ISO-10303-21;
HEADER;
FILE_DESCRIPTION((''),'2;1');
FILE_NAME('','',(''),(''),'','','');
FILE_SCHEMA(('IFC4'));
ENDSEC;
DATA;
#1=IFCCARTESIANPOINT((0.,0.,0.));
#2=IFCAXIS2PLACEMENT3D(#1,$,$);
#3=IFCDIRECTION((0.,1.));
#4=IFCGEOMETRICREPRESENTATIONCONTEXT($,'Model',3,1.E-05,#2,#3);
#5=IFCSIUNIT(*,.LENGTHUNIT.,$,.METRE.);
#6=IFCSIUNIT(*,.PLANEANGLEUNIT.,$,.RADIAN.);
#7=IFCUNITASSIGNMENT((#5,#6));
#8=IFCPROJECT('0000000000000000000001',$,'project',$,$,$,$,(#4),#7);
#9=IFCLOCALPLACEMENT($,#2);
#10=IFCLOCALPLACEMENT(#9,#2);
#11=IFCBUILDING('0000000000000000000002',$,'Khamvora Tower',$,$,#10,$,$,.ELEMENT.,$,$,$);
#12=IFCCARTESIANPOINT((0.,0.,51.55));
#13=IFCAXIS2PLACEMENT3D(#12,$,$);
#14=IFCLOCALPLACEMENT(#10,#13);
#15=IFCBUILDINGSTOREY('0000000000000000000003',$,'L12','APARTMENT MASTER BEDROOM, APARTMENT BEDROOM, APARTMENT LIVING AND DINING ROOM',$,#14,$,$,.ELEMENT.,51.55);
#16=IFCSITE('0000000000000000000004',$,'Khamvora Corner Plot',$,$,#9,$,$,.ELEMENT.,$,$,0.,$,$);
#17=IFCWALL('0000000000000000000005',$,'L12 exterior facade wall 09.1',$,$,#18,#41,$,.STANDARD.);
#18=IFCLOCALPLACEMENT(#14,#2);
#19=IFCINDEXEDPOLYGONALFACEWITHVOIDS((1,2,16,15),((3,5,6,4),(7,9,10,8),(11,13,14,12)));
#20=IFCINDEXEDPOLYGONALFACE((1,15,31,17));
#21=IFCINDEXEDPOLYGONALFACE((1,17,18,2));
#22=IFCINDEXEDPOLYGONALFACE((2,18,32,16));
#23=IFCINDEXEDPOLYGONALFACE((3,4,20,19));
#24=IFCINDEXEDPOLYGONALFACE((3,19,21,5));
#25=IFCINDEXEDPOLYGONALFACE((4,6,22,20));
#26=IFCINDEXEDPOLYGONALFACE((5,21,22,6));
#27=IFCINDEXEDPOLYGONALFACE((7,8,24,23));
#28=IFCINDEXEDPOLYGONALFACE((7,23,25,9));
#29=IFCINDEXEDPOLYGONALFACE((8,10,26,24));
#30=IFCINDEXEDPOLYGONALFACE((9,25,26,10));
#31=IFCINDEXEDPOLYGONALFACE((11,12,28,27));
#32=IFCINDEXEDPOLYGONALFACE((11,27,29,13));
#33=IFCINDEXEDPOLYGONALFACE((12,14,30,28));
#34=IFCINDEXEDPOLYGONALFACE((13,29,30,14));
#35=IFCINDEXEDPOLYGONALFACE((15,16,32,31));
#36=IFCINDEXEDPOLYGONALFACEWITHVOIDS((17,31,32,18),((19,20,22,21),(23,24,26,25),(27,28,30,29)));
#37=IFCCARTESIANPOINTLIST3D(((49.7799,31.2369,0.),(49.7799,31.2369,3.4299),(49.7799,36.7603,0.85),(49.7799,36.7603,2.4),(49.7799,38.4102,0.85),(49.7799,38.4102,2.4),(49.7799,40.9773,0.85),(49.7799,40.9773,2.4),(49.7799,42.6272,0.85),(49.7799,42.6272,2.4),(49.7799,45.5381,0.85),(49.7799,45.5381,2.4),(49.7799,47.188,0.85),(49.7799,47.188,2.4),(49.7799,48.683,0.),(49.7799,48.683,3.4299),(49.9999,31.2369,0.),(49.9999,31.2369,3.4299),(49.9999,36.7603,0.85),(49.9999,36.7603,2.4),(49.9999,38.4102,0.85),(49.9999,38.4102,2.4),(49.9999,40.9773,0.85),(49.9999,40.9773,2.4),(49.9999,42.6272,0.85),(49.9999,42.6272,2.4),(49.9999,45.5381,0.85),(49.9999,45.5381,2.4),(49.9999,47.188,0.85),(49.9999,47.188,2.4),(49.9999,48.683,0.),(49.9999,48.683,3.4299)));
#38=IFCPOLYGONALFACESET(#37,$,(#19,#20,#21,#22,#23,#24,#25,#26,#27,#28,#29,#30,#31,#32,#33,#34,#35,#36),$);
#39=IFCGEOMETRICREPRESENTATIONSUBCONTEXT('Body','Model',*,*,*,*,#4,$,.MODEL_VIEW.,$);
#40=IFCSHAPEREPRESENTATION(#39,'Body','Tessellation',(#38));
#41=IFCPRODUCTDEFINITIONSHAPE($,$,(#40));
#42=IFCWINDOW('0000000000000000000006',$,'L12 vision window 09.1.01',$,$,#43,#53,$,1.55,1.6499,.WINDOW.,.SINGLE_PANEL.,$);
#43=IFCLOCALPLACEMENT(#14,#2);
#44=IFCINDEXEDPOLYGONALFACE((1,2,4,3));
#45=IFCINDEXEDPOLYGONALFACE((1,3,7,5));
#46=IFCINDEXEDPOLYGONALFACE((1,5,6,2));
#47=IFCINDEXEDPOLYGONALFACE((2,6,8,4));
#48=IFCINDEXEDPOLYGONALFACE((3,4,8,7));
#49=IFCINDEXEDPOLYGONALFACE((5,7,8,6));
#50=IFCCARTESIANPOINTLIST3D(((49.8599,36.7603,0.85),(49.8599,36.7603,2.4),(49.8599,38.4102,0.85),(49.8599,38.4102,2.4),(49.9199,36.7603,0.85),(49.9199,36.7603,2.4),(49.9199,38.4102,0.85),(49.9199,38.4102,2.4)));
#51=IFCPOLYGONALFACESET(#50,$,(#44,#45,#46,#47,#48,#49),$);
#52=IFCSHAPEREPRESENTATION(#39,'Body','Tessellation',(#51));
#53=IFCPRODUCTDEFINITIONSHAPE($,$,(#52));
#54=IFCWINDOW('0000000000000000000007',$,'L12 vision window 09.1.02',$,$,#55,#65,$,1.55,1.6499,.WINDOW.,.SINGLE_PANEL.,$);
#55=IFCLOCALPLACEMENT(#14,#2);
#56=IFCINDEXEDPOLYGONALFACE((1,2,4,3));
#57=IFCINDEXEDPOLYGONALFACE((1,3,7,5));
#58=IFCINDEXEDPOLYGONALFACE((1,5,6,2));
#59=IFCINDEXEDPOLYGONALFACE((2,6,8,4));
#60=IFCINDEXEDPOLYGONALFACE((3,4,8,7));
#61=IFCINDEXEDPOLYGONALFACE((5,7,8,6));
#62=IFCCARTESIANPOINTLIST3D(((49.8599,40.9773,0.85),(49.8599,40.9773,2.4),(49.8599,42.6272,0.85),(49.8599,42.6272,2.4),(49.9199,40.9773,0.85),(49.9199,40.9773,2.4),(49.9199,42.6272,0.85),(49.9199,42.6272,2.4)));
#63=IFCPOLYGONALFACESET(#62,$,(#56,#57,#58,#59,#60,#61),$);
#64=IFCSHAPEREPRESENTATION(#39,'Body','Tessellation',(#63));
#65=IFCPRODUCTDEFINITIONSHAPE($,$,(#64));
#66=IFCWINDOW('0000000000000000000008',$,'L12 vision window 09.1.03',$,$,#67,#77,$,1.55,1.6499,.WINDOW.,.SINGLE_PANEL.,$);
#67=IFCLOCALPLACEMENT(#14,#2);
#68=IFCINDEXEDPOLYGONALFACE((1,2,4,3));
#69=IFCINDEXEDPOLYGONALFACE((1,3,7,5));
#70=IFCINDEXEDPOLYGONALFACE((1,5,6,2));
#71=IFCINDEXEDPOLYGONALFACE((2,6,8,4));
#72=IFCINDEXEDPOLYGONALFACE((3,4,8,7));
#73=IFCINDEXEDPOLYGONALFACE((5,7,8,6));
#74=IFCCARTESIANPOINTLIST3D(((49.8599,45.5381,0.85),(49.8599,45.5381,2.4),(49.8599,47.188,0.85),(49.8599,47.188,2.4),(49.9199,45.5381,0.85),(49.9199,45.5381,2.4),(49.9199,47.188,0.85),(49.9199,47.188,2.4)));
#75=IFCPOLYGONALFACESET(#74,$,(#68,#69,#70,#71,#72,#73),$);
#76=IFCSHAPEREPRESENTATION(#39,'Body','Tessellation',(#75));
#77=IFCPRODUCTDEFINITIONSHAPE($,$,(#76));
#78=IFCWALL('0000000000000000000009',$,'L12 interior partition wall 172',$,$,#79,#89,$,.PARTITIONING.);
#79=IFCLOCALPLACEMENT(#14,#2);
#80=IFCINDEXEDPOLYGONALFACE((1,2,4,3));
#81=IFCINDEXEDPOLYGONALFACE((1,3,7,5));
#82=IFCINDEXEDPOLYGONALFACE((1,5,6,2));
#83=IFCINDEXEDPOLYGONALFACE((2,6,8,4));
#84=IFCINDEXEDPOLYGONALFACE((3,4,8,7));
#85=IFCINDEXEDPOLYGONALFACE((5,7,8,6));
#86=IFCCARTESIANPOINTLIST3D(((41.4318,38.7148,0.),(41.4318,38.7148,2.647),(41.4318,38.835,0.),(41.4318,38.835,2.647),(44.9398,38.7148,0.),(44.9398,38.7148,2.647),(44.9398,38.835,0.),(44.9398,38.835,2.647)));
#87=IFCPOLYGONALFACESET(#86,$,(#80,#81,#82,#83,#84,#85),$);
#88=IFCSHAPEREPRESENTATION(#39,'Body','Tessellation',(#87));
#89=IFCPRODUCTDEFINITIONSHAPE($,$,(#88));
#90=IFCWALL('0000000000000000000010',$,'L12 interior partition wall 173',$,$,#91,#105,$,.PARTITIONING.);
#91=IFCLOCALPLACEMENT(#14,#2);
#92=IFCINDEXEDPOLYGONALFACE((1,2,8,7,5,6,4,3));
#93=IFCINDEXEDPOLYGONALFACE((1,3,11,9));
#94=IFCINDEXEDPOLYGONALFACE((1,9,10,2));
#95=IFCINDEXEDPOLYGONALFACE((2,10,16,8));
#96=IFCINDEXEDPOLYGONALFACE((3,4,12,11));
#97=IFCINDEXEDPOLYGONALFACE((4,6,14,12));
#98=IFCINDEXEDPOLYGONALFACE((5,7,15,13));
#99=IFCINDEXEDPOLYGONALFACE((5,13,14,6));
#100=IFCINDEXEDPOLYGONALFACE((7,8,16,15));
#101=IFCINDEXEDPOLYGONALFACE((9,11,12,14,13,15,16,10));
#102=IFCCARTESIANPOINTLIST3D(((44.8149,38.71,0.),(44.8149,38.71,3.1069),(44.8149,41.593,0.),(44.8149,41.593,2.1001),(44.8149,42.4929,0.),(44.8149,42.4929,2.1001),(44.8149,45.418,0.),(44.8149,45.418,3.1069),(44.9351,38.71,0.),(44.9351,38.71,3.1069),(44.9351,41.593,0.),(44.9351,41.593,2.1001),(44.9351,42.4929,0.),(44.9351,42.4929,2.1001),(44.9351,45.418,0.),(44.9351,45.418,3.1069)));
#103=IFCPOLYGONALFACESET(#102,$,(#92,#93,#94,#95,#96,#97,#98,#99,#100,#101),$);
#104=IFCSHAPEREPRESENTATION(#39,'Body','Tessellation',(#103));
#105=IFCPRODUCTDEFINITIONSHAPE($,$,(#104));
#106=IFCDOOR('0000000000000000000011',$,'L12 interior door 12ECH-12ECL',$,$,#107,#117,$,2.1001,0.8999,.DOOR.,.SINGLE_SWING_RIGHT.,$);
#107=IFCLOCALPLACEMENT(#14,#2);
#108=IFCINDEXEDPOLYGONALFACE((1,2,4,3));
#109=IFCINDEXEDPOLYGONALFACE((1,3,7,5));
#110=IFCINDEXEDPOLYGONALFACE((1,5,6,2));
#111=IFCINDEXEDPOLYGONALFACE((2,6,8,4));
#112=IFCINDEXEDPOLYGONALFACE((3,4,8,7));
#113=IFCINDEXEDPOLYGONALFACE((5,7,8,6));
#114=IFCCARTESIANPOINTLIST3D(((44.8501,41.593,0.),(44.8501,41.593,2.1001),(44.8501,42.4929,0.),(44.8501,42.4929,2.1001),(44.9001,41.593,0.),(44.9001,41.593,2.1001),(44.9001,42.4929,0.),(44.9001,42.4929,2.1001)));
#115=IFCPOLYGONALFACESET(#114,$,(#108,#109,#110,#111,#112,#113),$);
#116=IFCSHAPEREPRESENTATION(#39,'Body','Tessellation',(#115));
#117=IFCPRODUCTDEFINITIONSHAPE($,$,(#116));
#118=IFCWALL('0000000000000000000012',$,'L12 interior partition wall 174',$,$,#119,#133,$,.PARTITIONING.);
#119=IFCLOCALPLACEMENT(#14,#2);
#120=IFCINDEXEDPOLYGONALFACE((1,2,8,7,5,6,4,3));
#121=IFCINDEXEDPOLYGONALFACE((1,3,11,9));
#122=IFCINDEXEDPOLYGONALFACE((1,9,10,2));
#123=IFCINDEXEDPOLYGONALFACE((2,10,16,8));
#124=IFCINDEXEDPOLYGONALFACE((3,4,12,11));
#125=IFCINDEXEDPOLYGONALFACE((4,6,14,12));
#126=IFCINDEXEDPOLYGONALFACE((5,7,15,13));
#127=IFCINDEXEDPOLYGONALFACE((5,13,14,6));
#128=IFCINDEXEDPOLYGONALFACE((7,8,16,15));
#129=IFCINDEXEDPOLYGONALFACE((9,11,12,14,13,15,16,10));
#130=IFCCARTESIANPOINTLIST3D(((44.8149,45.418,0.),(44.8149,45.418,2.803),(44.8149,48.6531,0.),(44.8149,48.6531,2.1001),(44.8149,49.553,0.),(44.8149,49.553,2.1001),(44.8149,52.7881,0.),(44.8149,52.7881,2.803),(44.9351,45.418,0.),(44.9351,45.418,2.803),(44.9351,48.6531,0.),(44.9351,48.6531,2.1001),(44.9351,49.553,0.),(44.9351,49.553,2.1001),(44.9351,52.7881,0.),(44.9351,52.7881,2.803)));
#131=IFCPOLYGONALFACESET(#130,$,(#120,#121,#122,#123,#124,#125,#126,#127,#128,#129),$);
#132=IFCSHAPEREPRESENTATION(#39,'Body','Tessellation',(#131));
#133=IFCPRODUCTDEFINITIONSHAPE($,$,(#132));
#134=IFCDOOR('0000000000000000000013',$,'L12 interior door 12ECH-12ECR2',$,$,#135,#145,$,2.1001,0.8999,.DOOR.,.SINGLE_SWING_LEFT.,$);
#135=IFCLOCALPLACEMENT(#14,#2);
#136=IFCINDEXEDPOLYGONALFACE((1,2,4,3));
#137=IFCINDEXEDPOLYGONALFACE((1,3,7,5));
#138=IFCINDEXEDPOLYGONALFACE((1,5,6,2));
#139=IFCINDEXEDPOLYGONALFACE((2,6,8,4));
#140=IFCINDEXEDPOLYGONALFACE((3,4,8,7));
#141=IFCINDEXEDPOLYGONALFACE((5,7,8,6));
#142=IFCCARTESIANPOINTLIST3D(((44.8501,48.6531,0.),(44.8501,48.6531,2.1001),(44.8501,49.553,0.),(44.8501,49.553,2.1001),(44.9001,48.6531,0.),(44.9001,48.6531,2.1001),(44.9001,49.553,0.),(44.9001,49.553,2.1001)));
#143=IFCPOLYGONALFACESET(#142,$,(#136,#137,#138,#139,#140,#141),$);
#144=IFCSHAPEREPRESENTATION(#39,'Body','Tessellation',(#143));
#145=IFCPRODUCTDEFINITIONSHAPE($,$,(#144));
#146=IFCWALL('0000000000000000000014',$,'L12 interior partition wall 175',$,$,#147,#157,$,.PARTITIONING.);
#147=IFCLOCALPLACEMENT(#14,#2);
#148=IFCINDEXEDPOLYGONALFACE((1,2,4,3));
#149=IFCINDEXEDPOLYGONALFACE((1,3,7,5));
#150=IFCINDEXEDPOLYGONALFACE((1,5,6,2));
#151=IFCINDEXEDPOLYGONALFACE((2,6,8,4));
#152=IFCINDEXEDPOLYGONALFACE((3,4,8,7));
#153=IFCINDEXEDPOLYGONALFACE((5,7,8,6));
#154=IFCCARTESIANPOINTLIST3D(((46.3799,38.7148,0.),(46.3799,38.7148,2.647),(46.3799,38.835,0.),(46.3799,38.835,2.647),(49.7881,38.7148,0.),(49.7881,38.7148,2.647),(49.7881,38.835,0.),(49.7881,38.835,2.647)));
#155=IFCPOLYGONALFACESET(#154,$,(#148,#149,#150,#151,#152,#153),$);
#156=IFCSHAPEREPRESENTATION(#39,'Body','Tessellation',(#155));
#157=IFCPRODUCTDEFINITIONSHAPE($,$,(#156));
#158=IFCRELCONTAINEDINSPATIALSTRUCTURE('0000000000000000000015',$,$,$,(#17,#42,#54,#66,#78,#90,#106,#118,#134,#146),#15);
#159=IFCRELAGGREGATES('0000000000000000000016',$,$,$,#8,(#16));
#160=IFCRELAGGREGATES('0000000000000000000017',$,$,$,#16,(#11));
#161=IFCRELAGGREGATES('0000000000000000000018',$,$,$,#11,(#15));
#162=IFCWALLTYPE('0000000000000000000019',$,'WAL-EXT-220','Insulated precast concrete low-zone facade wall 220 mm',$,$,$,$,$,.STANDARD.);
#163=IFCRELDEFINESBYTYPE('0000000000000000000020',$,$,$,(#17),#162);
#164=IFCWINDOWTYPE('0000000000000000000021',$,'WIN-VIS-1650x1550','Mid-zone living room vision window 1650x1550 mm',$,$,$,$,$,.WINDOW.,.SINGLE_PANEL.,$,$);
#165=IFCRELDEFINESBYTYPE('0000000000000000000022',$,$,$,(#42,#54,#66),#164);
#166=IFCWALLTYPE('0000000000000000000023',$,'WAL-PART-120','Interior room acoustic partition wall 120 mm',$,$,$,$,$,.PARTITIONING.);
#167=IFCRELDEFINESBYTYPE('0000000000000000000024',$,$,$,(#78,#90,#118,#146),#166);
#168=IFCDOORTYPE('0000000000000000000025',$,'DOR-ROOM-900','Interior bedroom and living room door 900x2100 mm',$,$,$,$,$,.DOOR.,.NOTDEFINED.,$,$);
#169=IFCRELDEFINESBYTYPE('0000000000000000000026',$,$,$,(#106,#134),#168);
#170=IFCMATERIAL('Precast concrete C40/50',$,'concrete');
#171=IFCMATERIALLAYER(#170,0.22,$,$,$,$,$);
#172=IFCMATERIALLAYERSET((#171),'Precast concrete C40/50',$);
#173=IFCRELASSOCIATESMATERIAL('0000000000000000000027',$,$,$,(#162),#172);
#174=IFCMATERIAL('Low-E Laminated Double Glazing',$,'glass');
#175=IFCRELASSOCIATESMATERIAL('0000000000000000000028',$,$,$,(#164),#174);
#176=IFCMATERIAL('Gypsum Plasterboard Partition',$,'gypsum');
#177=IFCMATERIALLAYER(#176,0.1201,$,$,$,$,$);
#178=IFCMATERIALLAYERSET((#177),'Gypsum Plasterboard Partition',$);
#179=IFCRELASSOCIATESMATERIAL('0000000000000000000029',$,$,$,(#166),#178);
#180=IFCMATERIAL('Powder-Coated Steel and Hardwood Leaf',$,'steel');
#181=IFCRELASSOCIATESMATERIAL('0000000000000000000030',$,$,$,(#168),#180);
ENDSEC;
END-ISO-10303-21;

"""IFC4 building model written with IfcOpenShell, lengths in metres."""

from ifc_helpers import new_model, si_unit, direction, frame, frame_2d, origin, place, context, subcontext, project, spatial, rectangle, extrude, material, layer, layer_set, type_object, element, fill, save


model = new_model("IFC4")

# Units and contexts
model_context = context("Model", 3, precision=1e-05, world=origin(), true_north=direction((0.0, 1.0)))
body_context = subcontext(model_context, "Body", "Model", "MODEL_VIEW")
ifc_project = project(units=[si_unit("LENGTHUNIT", "METRE"), si_unit("PLANEANGLEUNIT", "RADIAN")], contexts=[model_context])

# Site, building, storey
site_placement = place(None, origin())
site = spatial("IfcSite", under=ifc_project, at=site_placement, Name="Khamvora Corner Plot", CompositionType="ELEMENT", RefElevation=0.0)
building_placement = place(site_placement, origin())
building = spatial("IfcBuilding", under=site, at=building_placement, Name="Khamvora Tower", CompositionType="ELEMENT")
storey_placement = place(building_placement, frame((0.0, 0.0, 51.55)))
storey = spatial("IfcBuildingStorey", under=building, at=storey_placement, Name="L12", Description="APARTMENT MASTER BEDROOM, APARTMENT BEDROOM, APARTMENT LIVING AND DINING ROOM", CompositionType="ELEMENT", Elevation=51.55)

# Shared definitions
ifc_material_1 = material(Name="Precast concrete C40/50", Category="concrete")
ifc_layer_1 = layer(ifc_material_1, 0.22)
ifc_layer_set_1 = layer_set([ifc_layer_1], Name="Precast concrete C40/50")
wall_type_1 = type_object("IfcWallType", Name="WAL-EXT-220", Description="Insulated precast concrete low-zone facade wall 220 mm", PredefinedType="STANDARD", material=ifc_layer_set_1)

# Wall, openings, windows
wall_1_placement = place(storey_placement, frame((49.8899, 48.6831, 0.0), z_axis=(0.0, 0.0, 1.0), x_axis=(0.0, -1.0, 0.0)))
wall_1 = element("IfcWall", 1, at=wall_1_placement, inside=storey, type_object=wall_type_1, Name="L12 exterior facade wall 09.1", PredefinedType="STANDARD", context=body_context, shape_type="SweptSolid", body=[
    extrude(rectangle(XDim=17.446, YDim=0.22, at=frame_2d((8.7231, 0.0))), origin(), (0.0, 0.0, 1.0), 3.4299),
])
opening_1_placement = place(wall_1_placement, frame((10.2729, 0.0, 0.8501)))
opening_1 = element("IfcOpeningElement", 2, at=opening_1_placement, cuts=wall_1, PredefinedType="OPENING", context=body_context, shape_type="SweptSolid", body=[
    extrude(rectangle(XDim=1.6499, YDim=1.55, at=frame_2d((0.825, 0.7749))), frame((0.0, 0.1199, 0.0), z_axis=(0.0, -1.0, 0.0), x_axis=(1.0, 0.0, 0.0)), (0.0, 0.0, 1.0), 0.24),
])
opening_2_placement = place(wall_1_placement, frame((6.0559, 0.0, 0.8501)))
opening_2 = element("IfcOpeningElement", 3, at=opening_2_placement, cuts=wall_1, PredefinedType="OPENING", context=body_context, shape_type="SweptSolid", body=[
    extrude(rectangle(XDim=1.6499, YDim=1.55, at=frame_2d((0.825, 0.7749))), frame((0.0, 0.1199, 0.0), z_axis=(0.0, -1.0, 0.0), x_axis=(1.0, 0.0, 0.0)), (0.0, 0.0, 1.0), 0.24),
])
opening_3_placement = place(wall_1_placement, frame((1.4951, 0.0, 0.8501)))
opening_3 = element("IfcOpeningElement", 4, at=opening_3_placement, cuts=wall_1, PredefinedType="OPENING", context=body_context, shape_type="SweptSolid", body=[
    extrude(rectangle(XDim=1.6499, YDim=1.55, at=frame_2d((0.825, 0.7749))), frame((0.0, 0.1199, 0.0), z_axis=(0.0, -1.0, 0.0), x_axis=(1.0, 0.0, 0.0)), (0.0, 0.0, 1.0), 0.24),
])
ifc_material_2 = material(Name="Low-E Laminated Double Glazing", Category="glass")
window_type = type_object("IfcWindowType", Name="WIN-VIS-1650x1550", Description="Mid-zone living room vision window 1650x1550 mm", PartitioningType="SINGLE_PANEL", PredefinedType="WINDOW", material=ifc_material_2)
window_1_placement = place(opening_1_placement, origin())
window_1 = element("IfcWindow", 5, at=window_1_placement, inside=storey, type_object=window_type, Name="L12 vision window 09.1.01", OverallHeight=1.55, OverallWidth=1.6499, PartitioningType="SINGLE_PANEL", PredefinedType="WINDOW", context=body_context, shape_type="SweptSolid", body=[
    extrude(rectangle(XDim=1.6499, YDim=1.55, at=frame_2d((0.825, 0.7749))), frame((0.0, 0.03, 0.0), z_axis=(0.0, -1.0, 0.0), x_axis=(1.0, 0.0, 0.0)), (0.0, 0.0, 1.0), 0.0601),
])
fill(opening_1, window_1)
window_2_placement = place(opening_2_placement, origin())
window_2 = element("IfcWindow", 6, at=window_2_placement, inside=storey, type_object=window_type, Name="L12 vision window 09.1.02", OverallHeight=1.55, OverallWidth=1.6499, PartitioningType="SINGLE_PANEL", PredefinedType="WINDOW", context=body_context, shape_type="SweptSolid", body=[
    extrude(rectangle(XDim=1.6499, YDim=1.55, at=frame_2d((0.825, 0.7749))), frame((0.0, 0.03, 0.0), z_axis=(0.0, -1.0, 0.0), x_axis=(1.0, 0.0, 0.0)), (0.0, 0.0, 1.0), 0.0601),
])
fill(opening_2, window_2)
window_3_placement = place(opening_3_placement, origin())
window_3 = element("IfcWindow", 7, at=window_3_placement, inside=storey, type_object=window_type, Name="L12 vision window 09.1.03", OverallHeight=1.55, OverallWidth=1.6499, PartitioningType="SINGLE_PANEL", PredefinedType="WINDOW", context=body_context, shape_type="SweptSolid", body=[
    extrude(rectangle(XDim=1.6499, YDim=1.55, at=frame_2d((0.825, 0.7749))), frame((0.0, 0.03, 0.0), z_axis=(0.0, -1.0, 0.0), x_axis=(1.0, 0.0, 0.0)), (0.0, 0.0, 1.0), 0.0601),
])
fill(opening_3, window_3)

# Wall
ifc_material_3 = material(Name="Gypsum Plasterboard Partition", Category="gypsum")
ifc_layer_2 = layer(ifc_material_3, 0.1201)
ifc_layer_set_2 = layer_set([ifc_layer_2], Name="Gypsum Plasterboard Partition")
wall_type_2 = type_object("IfcWallType", Name="WAL-PART-120", Description="Interior room acoustic partition wall 120 mm", PredefinedType="PARTITIONING", material=ifc_layer_set_2)
wall_2_placement = place(storey_placement, frame((41.4319, 38.7749, 0.0), z_axis=(0.0, 0.0, 1.0), x_axis=(1.0, 0.0, 0.0)))
element("IfcWall", 8, at=wall_2_placement, inside=storey, type_object=wall_type_2, Name="L12 interior partition wall 172", PredefinedType="PARTITIONING", context=body_context, shape_type="SweptSolid", body=[
    extrude(rectangle(XDim=3.5081, YDim=0.1201, at=frame_2d((1.7539, 0.0))), origin(), (0.0, 0.0, 1.0), 2.647),
])

# Walls, openings, doors
wall_3_placement = place(storey_placement, frame((44.875, 38.71, 0.0), z_axis=(0.0, 0.0, 1.0), x_axis=(0.0, 1.0, 0.0)))
wall_3 = element("IfcWall", 9, at=wall_3_placement, inside=storey, type_object=wall_type_2, Name="L12 interior partition wall 173", PredefinedType="PARTITIONING", context=body_context, shape_type="SweptSolid", body=[
    extrude(rectangle(XDim=6.708, YDim=0.1201, at=frame_2d((3.354, 0.0))), origin(), (0.0, 0.0, 1.0), 3.1069),
])
opening_4_placement = place(wall_3_placement, frame((2.8831, 0.0, 0.0)))
opening_4 = element("IfcOpeningElement", 10, at=opening_4_placement, cuts=wall_3, PredefinedType="OPENING", context=body_context, shape_type="SweptSolid", body=[
    extrude(rectangle(XDim=0.8999, YDim=2.1001, at=frame_2d((0.45, 1.05))), frame((0.0, 0.0701, 0.0), z_axis=(0.0, -1.0, 0.0), x_axis=(1.0, 0.0, 0.0)), (0.0, 0.0, 1.0), 0.1401),
])
ifc_material_4 = material(Name="Powder-Coated Steel and Hardwood Leaf", Category="steel")
door_type = type_object("IfcDoorType", Name="DOR-ROOM-900", Description="Interior bedroom and living room door 900x2100 mm", OperationType="NOTDEFINED", PredefinedType="DOOR", material=ifc_material_4)
door_1_placement = place(opening_4_placement, origin())
door_1 = element("IfcDoor", 11, at=door_1_placement, inside=storey, type_object=door_type, Name="L12 interior door 12ECH-12ECL", OperationType="SINGLE_SWING_RIGHT", OverallHeight=2.1001, OverallWidth=0.8999, PredefinedType="DOOR", context=body_context, shape_type="SweptSolid", body=[
    extrude(rectangle(XDim=0.8999, YDim=2.1001, at=frame_2d((0.45, 1.05))), frame((0.0, 0.0249, 0.0), z_axis=(0.0, -1.0, 0.0), x_axis=(1.0, 0.0, 0.0)), (0.0, 0.0, 1.0), 0.05),
])
fill(opening_4, door_1)
wall_4_placement = place(storey_placement, frame((44.875, 45.418, 0.0), z_axis=(0.0, 0.0, 1.0), x_axis=(0.0, 1.0, 0.0)))
wall_4 = element("IfcWall", 12, at=wall_4_placement, inside=storey, type_object=wall_type_2, Name="L12 interior partition wall 174", PredefinedType="PARTITIONING", context=body_context, shape_type="SweptSolid", body=[
    extrude(rectangle(XDim=7.3701, YDim=0.1201, at=frame_2d((3.6851, 0.0))), origin(), (0.0, 0.0, 1.0), 2.803),
])
opening_5_placement = place(wall_4_placement, frame((3.2351, 0.0, 0.0)))
opening_5 = element("IfcOpeningElement", 13, at=opening_5_placement, cuts=wall_4, PredefinedType="OPENING", context=body_context, shape_type="SweptSolid", body=[
    extrude(rectangle(XDim=0.8999, YDim=2.1001, at=frame_2d((0.45, 1.05))), frame((0.0, 0.0701, 0.0), z_axis=(0.0, -1.0, 0.0), x_axis=(1.0, 0.0, 0.0)), (0.0, 0.0, 1.0), 0.1401),
])
door_2_placement = place(opening_5_placement, origin())
door_2 = element("IfcDoor", 14, at=door_2_placement, inside=storey, type_object=door_type, Name="L12 interior door 12ECH-12ECR2", OperationType="SINGLE_SWING_LEFT", OverallHeight=2.1001, OverallWidth=0.8999, PredefinedType="DOOR", context=body_context, shape_type="SweptSolid", body=[
    extrude(rectangle(XDim=0.8999, YDim=2.1001, at=frame_2d((0.45, 1.05))), frame((0.0, 0.0249, 0.0), z_axis=(0.0, -1.0, 0.0), x_axis=(1.0, 0.0, 0.0)), (0.0, 0.0, 1.0), 0.05),
])
fill(opening_5, door_2)

# Wall
wall_5_placement = place(storey_placement, frame((46.3799, 38.7749, 0.0), z_axis=(0.0, 0.0, 1.0), x_axis=(1.0, 0.0, 0.0)))
element("IfcWall", 15, at=wall_5_placement, inside=storey, type_object=wall_type_2, Name="L12 interior partition wall 175", PredefinedType="PARTITIONING", context=body_context, shape_type="SweptSolid", body=[
    extrude(rectangle(XDim=3.4082, YDim=0.1201, at=frame_2d((1.7041, 0.0))), origin(), (0.0, 0.0, 1.0), 2.647),
])

save(model, "model.ifc")
